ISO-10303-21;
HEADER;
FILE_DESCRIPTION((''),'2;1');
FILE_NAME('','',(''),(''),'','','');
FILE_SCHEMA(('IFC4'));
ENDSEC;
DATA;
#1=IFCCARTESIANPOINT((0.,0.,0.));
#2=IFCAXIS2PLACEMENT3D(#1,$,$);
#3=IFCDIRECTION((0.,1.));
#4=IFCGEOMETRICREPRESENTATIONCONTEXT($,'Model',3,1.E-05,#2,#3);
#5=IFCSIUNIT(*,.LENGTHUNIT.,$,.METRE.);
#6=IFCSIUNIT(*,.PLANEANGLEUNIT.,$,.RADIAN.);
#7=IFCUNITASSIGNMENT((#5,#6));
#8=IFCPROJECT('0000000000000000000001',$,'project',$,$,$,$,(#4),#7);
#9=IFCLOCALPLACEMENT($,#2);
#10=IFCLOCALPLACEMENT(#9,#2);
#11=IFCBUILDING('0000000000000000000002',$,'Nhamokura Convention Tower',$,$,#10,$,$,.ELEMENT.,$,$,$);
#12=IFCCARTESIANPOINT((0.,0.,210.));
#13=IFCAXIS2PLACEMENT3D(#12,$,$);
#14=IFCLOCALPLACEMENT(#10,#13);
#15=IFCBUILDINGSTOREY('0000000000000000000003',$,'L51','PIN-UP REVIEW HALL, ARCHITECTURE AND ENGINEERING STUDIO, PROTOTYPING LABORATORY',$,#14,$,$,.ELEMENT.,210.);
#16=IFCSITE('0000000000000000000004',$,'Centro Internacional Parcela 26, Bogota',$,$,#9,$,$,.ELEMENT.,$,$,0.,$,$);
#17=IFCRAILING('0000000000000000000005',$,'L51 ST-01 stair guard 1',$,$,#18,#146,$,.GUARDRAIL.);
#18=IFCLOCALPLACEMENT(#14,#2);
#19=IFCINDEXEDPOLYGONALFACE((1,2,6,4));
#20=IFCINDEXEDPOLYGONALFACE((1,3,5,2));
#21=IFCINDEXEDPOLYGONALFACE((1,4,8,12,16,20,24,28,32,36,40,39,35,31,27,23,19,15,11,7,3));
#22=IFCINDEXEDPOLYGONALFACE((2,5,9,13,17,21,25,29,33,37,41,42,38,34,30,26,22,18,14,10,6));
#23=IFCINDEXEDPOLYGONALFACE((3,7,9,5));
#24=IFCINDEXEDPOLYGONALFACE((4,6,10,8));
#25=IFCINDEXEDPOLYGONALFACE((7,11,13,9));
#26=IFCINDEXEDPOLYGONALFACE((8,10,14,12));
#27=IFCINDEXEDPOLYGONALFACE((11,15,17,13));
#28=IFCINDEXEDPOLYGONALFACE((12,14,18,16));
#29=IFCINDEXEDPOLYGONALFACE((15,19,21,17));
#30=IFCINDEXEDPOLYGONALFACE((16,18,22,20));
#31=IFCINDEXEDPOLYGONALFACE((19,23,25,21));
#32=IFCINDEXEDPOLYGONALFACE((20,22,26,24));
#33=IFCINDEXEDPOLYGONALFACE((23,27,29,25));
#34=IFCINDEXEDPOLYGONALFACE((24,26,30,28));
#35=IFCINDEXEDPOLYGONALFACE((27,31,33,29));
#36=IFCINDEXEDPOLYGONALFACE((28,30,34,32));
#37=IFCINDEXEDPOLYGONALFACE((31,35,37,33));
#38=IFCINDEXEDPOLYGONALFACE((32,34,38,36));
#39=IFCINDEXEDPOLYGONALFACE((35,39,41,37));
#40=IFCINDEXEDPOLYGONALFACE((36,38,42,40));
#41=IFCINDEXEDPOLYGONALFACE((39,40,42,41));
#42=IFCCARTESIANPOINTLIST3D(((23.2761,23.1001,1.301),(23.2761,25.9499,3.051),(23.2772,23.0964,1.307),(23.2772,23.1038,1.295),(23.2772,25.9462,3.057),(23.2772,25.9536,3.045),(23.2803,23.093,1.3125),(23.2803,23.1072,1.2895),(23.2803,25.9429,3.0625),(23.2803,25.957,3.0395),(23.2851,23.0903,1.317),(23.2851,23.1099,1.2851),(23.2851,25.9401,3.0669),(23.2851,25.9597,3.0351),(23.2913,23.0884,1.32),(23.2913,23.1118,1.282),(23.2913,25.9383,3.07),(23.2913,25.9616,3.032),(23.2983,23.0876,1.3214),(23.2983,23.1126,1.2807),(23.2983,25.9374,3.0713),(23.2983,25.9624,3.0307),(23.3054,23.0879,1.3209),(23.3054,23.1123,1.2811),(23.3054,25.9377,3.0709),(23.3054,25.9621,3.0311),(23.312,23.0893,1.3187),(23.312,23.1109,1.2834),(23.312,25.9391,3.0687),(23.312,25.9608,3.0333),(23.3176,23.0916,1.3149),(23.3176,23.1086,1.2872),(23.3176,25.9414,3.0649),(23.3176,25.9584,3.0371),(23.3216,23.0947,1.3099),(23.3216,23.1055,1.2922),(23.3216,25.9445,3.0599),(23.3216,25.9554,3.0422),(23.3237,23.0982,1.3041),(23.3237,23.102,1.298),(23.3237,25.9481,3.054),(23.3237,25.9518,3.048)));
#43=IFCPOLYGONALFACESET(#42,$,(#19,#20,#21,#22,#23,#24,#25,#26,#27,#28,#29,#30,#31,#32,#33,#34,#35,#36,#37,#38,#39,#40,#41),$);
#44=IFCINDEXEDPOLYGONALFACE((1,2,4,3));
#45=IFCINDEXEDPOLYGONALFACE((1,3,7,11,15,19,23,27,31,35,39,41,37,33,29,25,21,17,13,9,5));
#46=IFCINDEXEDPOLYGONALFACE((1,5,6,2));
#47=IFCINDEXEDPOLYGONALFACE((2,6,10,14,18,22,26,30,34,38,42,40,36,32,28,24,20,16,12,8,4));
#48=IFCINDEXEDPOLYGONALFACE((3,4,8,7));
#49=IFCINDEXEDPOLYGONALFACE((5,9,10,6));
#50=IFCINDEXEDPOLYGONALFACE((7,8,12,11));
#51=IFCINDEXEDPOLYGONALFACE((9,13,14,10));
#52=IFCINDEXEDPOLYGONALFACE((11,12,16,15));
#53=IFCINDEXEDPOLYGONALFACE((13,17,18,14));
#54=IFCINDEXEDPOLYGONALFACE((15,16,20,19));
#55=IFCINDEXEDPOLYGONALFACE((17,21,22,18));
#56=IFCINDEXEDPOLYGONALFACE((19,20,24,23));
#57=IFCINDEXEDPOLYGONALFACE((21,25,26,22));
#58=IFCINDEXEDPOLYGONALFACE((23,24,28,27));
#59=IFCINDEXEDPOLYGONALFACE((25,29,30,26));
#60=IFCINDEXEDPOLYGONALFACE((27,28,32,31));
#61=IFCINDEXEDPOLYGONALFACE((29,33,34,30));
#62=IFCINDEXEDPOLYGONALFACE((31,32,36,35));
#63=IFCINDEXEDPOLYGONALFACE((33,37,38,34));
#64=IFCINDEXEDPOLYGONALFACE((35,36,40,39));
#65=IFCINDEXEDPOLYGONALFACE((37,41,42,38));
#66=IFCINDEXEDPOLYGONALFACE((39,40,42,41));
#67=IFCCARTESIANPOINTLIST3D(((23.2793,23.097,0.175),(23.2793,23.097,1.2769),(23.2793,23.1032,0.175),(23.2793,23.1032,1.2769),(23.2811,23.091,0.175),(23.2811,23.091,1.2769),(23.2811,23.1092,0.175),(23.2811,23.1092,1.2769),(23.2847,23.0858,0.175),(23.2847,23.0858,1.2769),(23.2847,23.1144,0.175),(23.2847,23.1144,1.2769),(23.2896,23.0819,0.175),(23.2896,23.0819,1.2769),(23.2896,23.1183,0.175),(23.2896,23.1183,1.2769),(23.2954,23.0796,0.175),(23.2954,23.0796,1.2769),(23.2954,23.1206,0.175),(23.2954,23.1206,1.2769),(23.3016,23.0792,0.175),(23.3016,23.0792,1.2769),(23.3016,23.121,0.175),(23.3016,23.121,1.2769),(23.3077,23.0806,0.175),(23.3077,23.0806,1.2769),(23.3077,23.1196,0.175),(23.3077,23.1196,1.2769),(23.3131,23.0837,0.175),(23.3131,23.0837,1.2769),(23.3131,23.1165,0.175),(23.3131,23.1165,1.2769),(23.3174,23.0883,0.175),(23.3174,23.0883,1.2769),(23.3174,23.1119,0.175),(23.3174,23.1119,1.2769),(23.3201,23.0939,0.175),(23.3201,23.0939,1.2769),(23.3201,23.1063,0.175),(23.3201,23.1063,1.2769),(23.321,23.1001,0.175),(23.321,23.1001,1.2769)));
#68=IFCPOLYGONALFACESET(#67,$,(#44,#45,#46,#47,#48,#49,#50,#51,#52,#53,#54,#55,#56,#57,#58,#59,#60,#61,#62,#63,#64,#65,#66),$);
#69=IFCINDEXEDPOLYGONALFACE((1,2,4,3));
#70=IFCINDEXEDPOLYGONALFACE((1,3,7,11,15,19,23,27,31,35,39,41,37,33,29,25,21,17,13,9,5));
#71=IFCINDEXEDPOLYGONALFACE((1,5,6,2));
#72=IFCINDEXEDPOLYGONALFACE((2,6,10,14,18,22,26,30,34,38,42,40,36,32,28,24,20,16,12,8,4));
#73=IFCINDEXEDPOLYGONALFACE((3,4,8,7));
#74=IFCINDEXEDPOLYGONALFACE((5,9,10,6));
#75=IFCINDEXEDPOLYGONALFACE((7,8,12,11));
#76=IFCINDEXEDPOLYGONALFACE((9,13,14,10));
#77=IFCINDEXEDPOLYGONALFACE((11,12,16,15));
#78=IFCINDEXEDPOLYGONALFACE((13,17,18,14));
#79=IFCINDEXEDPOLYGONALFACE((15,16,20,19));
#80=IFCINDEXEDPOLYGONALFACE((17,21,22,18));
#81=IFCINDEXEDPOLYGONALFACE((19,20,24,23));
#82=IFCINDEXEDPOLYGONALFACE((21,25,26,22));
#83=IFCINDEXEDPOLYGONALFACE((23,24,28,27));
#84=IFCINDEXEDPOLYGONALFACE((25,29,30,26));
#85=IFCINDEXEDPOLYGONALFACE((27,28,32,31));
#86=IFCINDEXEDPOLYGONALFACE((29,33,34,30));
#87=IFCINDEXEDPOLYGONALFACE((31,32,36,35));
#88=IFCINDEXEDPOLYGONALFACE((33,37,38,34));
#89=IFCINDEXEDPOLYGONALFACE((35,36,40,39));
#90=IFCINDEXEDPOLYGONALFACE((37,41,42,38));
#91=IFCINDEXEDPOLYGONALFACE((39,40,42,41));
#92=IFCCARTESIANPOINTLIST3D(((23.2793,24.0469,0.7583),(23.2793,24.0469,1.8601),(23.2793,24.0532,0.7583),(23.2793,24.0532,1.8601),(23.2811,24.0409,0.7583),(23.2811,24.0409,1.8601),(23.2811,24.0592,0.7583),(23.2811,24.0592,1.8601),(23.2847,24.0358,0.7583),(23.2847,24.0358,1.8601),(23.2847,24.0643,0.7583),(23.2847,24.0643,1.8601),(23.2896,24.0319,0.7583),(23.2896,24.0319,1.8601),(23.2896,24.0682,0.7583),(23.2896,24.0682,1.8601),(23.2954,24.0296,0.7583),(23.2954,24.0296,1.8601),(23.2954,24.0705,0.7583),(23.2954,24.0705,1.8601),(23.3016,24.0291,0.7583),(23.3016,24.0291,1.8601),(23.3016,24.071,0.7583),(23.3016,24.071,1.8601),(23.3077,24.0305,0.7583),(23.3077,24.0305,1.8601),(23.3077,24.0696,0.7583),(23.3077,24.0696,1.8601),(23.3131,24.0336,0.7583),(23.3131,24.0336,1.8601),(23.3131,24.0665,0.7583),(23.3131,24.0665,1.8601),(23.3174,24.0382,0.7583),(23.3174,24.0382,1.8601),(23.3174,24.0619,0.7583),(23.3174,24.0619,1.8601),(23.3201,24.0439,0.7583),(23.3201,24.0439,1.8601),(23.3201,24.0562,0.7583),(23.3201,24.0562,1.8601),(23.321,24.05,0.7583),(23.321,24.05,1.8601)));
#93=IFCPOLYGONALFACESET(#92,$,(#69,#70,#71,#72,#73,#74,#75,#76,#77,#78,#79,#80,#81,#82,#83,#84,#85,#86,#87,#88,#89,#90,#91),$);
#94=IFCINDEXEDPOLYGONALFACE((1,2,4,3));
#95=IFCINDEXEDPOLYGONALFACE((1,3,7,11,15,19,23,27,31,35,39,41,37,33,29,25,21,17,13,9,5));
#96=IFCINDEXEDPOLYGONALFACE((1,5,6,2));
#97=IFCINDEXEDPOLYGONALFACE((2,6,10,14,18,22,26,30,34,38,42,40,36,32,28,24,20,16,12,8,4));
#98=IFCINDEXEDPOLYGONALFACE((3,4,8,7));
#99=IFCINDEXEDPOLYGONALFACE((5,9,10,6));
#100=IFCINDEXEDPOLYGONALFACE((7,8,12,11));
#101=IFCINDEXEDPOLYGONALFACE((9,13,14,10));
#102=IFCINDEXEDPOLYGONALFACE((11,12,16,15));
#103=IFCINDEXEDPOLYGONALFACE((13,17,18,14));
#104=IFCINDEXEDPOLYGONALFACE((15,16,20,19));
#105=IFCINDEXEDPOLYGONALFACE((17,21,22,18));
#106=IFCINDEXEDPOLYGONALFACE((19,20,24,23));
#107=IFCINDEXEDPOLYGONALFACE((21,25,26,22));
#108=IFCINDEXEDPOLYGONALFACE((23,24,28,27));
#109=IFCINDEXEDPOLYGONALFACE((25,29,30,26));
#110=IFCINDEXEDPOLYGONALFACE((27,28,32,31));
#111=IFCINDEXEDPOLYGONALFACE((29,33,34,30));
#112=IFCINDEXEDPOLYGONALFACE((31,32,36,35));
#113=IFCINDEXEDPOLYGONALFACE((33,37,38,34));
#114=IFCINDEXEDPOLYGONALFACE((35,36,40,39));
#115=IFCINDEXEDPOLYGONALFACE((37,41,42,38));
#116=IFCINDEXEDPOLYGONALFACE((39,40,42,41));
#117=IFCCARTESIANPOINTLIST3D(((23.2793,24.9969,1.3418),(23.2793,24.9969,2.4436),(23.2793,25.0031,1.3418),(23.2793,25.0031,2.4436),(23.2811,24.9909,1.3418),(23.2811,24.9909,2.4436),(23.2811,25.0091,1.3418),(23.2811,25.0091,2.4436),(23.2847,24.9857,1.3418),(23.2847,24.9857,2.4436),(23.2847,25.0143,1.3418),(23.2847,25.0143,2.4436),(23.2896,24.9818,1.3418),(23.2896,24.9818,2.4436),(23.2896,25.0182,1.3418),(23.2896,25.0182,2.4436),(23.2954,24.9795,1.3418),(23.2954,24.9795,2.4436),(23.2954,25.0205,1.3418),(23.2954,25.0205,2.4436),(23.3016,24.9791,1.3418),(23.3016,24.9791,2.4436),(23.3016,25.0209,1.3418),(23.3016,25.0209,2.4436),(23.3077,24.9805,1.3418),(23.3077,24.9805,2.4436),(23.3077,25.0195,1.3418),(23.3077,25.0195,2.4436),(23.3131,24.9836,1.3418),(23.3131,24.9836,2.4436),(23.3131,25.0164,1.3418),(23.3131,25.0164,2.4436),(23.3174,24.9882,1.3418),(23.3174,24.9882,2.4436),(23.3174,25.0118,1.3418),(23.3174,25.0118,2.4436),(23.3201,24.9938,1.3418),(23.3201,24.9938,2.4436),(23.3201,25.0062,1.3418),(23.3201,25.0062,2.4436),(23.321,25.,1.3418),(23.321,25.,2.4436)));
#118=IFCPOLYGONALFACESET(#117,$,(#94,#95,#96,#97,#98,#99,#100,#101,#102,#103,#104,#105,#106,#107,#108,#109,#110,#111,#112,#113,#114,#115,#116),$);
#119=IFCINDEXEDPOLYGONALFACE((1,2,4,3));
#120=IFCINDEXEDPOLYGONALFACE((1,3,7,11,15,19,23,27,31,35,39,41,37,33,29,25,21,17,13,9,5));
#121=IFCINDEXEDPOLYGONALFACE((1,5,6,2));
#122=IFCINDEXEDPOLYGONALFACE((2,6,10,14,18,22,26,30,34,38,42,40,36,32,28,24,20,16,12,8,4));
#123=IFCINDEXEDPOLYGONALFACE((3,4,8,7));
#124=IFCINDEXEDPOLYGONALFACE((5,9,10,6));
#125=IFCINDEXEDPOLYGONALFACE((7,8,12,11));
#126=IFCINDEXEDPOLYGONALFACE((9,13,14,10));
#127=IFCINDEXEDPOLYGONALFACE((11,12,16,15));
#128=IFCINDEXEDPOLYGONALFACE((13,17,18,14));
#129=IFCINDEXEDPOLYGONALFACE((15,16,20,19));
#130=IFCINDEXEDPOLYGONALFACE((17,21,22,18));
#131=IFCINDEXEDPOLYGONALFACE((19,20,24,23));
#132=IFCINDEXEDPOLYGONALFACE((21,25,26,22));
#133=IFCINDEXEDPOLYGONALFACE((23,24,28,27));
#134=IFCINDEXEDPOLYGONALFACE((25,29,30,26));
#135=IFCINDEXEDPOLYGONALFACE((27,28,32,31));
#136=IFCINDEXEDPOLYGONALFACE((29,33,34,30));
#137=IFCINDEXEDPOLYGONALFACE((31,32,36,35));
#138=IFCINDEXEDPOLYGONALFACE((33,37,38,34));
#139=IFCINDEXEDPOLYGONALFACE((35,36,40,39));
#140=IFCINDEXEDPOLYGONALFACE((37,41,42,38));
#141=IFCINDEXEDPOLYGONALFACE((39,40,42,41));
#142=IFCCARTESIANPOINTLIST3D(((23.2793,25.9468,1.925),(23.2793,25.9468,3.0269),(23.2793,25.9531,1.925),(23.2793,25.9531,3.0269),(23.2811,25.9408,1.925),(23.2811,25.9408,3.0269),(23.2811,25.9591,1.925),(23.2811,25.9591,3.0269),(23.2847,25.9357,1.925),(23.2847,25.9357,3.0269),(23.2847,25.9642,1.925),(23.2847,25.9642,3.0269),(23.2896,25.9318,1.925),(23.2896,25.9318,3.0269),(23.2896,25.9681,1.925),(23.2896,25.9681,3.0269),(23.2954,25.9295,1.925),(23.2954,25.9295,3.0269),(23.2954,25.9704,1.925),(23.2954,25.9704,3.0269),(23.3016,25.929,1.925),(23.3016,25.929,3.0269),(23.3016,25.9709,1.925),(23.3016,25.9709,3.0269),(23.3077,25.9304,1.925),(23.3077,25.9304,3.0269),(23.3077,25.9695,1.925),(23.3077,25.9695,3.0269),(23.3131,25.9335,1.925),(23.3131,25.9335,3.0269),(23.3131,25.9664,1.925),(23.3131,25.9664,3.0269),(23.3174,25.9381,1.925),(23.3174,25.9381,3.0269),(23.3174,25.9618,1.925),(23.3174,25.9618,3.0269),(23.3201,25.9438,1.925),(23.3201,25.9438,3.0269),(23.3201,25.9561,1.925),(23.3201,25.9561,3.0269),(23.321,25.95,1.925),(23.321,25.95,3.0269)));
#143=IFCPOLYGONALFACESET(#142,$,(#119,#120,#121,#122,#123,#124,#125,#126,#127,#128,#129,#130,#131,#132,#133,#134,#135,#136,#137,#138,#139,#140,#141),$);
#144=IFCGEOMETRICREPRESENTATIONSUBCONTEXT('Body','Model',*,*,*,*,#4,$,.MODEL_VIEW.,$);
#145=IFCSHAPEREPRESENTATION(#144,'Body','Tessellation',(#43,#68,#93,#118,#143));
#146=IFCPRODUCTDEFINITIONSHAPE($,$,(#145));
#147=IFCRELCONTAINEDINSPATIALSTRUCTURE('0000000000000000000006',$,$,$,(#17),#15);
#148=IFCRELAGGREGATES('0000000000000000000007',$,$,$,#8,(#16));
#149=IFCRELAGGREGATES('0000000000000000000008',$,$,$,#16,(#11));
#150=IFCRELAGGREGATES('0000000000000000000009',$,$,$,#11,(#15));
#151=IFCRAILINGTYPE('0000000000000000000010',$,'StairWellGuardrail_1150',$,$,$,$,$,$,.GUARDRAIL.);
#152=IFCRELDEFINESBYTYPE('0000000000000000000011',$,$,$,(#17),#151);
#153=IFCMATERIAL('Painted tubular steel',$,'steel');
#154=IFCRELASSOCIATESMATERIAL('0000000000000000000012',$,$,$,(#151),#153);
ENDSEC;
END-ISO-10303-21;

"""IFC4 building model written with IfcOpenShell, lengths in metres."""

from ifc_helpers import new_model, si_unit, direction, frame, origin, origin_2d, place, context, subcontext, project, spatial, circle, extrude, material, type_object, element, save


model = new_model("IFC4")

# Units and contexts
model_context = context("Model", 3, precision=1e-05, world=origin(), true_north=direction((0.0, 1.0)))
body_context = subcontext(model_context, "Body", "Model", "MODEL_VIEW")
ifc_project = project(units=[si_unit("LENGTHUNIT", "METRE"), si_unit("PLANEANGLEUNIT", "RADIAN")], contexts=[model_context])

# Site, building, storey
site_placement = place(None, origin())
site = spatial("IfcSite", under=ifc_project, at=site_placement, Name="Centro Internacional Parcela 26, Bogota", CompositionType="ELEMENT", RefElevation=0.0)
building_placement = place(site_placement, origin())
building = spatial("IfcBuilding", under=site, at=building_placement, Name="Nhamokura Convention Tower", CompositionType="ELEMENT")
storey_placement = place(building_placement, frame((0.0, 0.0, 210.0)))
storey = spatial("IfcBuildingStorey", under=building, at=storey_placement, Name="L51", Description="PIN-UP REVIEW HALL, ARCHITECTURE AND ENGINEERING STUDIO, PROTOTYPING LABORATORY", CompositionType="ELEMENT", Elevation=210.0)

# Railing
ifc_material_1 = material(Name="Painted tubular steel", Category="steel")
railing_type_1 = type_object("IfcRailingType", Name="StairWellGuardrail_1150", PredefinedType="GUARDRAIL", material=ifc_material_1)
railing_1_placement = place(storey_placement, frame((23.3, 23.1001, 0.175)))
element("IfcRailing", 1, at=railing_1_placement, inside=storey, type_object=railing_type_1, Name="L51 ST-01 stair guard 1", PredefinedType="GUARDRAIL", context=body_context, shape_type="SweptSolid", body=[
    extrude(circle(Radius=0.0239, at=origin_2d()), frame((0.0, 0.0, 1.126), z_axis=(0.0, 0.852159, 0.523283), x_axis=(-1.0, 0.0, 0.0)), (0.0, 0.0, 1.0), 3.3442),
    extrude(circle(Radius=0.021, at=origin_2d()), origin(), (0.0, 0.0, 1.0), 1.1018),
    extrude(circle(Radius=0.021, at=origin_2d()), frame((0.0, 0.95, 0.5833)), (0.0, 0.0, 1.0), 1.1018),
    extrude(circle(Radius=0.021, at=origin_2d()), frame((0.0, 1.8999, 1.1667)), (0.0, 0.0, 1.0), 1.1018),
    extrude(circle(Radius=0.021, at=origin_2d()), frame((0.0, 2.8499, 1.75)), (0.0, 0.0, 1.0), 1.1018),
])

save(model, "model.ifc")
